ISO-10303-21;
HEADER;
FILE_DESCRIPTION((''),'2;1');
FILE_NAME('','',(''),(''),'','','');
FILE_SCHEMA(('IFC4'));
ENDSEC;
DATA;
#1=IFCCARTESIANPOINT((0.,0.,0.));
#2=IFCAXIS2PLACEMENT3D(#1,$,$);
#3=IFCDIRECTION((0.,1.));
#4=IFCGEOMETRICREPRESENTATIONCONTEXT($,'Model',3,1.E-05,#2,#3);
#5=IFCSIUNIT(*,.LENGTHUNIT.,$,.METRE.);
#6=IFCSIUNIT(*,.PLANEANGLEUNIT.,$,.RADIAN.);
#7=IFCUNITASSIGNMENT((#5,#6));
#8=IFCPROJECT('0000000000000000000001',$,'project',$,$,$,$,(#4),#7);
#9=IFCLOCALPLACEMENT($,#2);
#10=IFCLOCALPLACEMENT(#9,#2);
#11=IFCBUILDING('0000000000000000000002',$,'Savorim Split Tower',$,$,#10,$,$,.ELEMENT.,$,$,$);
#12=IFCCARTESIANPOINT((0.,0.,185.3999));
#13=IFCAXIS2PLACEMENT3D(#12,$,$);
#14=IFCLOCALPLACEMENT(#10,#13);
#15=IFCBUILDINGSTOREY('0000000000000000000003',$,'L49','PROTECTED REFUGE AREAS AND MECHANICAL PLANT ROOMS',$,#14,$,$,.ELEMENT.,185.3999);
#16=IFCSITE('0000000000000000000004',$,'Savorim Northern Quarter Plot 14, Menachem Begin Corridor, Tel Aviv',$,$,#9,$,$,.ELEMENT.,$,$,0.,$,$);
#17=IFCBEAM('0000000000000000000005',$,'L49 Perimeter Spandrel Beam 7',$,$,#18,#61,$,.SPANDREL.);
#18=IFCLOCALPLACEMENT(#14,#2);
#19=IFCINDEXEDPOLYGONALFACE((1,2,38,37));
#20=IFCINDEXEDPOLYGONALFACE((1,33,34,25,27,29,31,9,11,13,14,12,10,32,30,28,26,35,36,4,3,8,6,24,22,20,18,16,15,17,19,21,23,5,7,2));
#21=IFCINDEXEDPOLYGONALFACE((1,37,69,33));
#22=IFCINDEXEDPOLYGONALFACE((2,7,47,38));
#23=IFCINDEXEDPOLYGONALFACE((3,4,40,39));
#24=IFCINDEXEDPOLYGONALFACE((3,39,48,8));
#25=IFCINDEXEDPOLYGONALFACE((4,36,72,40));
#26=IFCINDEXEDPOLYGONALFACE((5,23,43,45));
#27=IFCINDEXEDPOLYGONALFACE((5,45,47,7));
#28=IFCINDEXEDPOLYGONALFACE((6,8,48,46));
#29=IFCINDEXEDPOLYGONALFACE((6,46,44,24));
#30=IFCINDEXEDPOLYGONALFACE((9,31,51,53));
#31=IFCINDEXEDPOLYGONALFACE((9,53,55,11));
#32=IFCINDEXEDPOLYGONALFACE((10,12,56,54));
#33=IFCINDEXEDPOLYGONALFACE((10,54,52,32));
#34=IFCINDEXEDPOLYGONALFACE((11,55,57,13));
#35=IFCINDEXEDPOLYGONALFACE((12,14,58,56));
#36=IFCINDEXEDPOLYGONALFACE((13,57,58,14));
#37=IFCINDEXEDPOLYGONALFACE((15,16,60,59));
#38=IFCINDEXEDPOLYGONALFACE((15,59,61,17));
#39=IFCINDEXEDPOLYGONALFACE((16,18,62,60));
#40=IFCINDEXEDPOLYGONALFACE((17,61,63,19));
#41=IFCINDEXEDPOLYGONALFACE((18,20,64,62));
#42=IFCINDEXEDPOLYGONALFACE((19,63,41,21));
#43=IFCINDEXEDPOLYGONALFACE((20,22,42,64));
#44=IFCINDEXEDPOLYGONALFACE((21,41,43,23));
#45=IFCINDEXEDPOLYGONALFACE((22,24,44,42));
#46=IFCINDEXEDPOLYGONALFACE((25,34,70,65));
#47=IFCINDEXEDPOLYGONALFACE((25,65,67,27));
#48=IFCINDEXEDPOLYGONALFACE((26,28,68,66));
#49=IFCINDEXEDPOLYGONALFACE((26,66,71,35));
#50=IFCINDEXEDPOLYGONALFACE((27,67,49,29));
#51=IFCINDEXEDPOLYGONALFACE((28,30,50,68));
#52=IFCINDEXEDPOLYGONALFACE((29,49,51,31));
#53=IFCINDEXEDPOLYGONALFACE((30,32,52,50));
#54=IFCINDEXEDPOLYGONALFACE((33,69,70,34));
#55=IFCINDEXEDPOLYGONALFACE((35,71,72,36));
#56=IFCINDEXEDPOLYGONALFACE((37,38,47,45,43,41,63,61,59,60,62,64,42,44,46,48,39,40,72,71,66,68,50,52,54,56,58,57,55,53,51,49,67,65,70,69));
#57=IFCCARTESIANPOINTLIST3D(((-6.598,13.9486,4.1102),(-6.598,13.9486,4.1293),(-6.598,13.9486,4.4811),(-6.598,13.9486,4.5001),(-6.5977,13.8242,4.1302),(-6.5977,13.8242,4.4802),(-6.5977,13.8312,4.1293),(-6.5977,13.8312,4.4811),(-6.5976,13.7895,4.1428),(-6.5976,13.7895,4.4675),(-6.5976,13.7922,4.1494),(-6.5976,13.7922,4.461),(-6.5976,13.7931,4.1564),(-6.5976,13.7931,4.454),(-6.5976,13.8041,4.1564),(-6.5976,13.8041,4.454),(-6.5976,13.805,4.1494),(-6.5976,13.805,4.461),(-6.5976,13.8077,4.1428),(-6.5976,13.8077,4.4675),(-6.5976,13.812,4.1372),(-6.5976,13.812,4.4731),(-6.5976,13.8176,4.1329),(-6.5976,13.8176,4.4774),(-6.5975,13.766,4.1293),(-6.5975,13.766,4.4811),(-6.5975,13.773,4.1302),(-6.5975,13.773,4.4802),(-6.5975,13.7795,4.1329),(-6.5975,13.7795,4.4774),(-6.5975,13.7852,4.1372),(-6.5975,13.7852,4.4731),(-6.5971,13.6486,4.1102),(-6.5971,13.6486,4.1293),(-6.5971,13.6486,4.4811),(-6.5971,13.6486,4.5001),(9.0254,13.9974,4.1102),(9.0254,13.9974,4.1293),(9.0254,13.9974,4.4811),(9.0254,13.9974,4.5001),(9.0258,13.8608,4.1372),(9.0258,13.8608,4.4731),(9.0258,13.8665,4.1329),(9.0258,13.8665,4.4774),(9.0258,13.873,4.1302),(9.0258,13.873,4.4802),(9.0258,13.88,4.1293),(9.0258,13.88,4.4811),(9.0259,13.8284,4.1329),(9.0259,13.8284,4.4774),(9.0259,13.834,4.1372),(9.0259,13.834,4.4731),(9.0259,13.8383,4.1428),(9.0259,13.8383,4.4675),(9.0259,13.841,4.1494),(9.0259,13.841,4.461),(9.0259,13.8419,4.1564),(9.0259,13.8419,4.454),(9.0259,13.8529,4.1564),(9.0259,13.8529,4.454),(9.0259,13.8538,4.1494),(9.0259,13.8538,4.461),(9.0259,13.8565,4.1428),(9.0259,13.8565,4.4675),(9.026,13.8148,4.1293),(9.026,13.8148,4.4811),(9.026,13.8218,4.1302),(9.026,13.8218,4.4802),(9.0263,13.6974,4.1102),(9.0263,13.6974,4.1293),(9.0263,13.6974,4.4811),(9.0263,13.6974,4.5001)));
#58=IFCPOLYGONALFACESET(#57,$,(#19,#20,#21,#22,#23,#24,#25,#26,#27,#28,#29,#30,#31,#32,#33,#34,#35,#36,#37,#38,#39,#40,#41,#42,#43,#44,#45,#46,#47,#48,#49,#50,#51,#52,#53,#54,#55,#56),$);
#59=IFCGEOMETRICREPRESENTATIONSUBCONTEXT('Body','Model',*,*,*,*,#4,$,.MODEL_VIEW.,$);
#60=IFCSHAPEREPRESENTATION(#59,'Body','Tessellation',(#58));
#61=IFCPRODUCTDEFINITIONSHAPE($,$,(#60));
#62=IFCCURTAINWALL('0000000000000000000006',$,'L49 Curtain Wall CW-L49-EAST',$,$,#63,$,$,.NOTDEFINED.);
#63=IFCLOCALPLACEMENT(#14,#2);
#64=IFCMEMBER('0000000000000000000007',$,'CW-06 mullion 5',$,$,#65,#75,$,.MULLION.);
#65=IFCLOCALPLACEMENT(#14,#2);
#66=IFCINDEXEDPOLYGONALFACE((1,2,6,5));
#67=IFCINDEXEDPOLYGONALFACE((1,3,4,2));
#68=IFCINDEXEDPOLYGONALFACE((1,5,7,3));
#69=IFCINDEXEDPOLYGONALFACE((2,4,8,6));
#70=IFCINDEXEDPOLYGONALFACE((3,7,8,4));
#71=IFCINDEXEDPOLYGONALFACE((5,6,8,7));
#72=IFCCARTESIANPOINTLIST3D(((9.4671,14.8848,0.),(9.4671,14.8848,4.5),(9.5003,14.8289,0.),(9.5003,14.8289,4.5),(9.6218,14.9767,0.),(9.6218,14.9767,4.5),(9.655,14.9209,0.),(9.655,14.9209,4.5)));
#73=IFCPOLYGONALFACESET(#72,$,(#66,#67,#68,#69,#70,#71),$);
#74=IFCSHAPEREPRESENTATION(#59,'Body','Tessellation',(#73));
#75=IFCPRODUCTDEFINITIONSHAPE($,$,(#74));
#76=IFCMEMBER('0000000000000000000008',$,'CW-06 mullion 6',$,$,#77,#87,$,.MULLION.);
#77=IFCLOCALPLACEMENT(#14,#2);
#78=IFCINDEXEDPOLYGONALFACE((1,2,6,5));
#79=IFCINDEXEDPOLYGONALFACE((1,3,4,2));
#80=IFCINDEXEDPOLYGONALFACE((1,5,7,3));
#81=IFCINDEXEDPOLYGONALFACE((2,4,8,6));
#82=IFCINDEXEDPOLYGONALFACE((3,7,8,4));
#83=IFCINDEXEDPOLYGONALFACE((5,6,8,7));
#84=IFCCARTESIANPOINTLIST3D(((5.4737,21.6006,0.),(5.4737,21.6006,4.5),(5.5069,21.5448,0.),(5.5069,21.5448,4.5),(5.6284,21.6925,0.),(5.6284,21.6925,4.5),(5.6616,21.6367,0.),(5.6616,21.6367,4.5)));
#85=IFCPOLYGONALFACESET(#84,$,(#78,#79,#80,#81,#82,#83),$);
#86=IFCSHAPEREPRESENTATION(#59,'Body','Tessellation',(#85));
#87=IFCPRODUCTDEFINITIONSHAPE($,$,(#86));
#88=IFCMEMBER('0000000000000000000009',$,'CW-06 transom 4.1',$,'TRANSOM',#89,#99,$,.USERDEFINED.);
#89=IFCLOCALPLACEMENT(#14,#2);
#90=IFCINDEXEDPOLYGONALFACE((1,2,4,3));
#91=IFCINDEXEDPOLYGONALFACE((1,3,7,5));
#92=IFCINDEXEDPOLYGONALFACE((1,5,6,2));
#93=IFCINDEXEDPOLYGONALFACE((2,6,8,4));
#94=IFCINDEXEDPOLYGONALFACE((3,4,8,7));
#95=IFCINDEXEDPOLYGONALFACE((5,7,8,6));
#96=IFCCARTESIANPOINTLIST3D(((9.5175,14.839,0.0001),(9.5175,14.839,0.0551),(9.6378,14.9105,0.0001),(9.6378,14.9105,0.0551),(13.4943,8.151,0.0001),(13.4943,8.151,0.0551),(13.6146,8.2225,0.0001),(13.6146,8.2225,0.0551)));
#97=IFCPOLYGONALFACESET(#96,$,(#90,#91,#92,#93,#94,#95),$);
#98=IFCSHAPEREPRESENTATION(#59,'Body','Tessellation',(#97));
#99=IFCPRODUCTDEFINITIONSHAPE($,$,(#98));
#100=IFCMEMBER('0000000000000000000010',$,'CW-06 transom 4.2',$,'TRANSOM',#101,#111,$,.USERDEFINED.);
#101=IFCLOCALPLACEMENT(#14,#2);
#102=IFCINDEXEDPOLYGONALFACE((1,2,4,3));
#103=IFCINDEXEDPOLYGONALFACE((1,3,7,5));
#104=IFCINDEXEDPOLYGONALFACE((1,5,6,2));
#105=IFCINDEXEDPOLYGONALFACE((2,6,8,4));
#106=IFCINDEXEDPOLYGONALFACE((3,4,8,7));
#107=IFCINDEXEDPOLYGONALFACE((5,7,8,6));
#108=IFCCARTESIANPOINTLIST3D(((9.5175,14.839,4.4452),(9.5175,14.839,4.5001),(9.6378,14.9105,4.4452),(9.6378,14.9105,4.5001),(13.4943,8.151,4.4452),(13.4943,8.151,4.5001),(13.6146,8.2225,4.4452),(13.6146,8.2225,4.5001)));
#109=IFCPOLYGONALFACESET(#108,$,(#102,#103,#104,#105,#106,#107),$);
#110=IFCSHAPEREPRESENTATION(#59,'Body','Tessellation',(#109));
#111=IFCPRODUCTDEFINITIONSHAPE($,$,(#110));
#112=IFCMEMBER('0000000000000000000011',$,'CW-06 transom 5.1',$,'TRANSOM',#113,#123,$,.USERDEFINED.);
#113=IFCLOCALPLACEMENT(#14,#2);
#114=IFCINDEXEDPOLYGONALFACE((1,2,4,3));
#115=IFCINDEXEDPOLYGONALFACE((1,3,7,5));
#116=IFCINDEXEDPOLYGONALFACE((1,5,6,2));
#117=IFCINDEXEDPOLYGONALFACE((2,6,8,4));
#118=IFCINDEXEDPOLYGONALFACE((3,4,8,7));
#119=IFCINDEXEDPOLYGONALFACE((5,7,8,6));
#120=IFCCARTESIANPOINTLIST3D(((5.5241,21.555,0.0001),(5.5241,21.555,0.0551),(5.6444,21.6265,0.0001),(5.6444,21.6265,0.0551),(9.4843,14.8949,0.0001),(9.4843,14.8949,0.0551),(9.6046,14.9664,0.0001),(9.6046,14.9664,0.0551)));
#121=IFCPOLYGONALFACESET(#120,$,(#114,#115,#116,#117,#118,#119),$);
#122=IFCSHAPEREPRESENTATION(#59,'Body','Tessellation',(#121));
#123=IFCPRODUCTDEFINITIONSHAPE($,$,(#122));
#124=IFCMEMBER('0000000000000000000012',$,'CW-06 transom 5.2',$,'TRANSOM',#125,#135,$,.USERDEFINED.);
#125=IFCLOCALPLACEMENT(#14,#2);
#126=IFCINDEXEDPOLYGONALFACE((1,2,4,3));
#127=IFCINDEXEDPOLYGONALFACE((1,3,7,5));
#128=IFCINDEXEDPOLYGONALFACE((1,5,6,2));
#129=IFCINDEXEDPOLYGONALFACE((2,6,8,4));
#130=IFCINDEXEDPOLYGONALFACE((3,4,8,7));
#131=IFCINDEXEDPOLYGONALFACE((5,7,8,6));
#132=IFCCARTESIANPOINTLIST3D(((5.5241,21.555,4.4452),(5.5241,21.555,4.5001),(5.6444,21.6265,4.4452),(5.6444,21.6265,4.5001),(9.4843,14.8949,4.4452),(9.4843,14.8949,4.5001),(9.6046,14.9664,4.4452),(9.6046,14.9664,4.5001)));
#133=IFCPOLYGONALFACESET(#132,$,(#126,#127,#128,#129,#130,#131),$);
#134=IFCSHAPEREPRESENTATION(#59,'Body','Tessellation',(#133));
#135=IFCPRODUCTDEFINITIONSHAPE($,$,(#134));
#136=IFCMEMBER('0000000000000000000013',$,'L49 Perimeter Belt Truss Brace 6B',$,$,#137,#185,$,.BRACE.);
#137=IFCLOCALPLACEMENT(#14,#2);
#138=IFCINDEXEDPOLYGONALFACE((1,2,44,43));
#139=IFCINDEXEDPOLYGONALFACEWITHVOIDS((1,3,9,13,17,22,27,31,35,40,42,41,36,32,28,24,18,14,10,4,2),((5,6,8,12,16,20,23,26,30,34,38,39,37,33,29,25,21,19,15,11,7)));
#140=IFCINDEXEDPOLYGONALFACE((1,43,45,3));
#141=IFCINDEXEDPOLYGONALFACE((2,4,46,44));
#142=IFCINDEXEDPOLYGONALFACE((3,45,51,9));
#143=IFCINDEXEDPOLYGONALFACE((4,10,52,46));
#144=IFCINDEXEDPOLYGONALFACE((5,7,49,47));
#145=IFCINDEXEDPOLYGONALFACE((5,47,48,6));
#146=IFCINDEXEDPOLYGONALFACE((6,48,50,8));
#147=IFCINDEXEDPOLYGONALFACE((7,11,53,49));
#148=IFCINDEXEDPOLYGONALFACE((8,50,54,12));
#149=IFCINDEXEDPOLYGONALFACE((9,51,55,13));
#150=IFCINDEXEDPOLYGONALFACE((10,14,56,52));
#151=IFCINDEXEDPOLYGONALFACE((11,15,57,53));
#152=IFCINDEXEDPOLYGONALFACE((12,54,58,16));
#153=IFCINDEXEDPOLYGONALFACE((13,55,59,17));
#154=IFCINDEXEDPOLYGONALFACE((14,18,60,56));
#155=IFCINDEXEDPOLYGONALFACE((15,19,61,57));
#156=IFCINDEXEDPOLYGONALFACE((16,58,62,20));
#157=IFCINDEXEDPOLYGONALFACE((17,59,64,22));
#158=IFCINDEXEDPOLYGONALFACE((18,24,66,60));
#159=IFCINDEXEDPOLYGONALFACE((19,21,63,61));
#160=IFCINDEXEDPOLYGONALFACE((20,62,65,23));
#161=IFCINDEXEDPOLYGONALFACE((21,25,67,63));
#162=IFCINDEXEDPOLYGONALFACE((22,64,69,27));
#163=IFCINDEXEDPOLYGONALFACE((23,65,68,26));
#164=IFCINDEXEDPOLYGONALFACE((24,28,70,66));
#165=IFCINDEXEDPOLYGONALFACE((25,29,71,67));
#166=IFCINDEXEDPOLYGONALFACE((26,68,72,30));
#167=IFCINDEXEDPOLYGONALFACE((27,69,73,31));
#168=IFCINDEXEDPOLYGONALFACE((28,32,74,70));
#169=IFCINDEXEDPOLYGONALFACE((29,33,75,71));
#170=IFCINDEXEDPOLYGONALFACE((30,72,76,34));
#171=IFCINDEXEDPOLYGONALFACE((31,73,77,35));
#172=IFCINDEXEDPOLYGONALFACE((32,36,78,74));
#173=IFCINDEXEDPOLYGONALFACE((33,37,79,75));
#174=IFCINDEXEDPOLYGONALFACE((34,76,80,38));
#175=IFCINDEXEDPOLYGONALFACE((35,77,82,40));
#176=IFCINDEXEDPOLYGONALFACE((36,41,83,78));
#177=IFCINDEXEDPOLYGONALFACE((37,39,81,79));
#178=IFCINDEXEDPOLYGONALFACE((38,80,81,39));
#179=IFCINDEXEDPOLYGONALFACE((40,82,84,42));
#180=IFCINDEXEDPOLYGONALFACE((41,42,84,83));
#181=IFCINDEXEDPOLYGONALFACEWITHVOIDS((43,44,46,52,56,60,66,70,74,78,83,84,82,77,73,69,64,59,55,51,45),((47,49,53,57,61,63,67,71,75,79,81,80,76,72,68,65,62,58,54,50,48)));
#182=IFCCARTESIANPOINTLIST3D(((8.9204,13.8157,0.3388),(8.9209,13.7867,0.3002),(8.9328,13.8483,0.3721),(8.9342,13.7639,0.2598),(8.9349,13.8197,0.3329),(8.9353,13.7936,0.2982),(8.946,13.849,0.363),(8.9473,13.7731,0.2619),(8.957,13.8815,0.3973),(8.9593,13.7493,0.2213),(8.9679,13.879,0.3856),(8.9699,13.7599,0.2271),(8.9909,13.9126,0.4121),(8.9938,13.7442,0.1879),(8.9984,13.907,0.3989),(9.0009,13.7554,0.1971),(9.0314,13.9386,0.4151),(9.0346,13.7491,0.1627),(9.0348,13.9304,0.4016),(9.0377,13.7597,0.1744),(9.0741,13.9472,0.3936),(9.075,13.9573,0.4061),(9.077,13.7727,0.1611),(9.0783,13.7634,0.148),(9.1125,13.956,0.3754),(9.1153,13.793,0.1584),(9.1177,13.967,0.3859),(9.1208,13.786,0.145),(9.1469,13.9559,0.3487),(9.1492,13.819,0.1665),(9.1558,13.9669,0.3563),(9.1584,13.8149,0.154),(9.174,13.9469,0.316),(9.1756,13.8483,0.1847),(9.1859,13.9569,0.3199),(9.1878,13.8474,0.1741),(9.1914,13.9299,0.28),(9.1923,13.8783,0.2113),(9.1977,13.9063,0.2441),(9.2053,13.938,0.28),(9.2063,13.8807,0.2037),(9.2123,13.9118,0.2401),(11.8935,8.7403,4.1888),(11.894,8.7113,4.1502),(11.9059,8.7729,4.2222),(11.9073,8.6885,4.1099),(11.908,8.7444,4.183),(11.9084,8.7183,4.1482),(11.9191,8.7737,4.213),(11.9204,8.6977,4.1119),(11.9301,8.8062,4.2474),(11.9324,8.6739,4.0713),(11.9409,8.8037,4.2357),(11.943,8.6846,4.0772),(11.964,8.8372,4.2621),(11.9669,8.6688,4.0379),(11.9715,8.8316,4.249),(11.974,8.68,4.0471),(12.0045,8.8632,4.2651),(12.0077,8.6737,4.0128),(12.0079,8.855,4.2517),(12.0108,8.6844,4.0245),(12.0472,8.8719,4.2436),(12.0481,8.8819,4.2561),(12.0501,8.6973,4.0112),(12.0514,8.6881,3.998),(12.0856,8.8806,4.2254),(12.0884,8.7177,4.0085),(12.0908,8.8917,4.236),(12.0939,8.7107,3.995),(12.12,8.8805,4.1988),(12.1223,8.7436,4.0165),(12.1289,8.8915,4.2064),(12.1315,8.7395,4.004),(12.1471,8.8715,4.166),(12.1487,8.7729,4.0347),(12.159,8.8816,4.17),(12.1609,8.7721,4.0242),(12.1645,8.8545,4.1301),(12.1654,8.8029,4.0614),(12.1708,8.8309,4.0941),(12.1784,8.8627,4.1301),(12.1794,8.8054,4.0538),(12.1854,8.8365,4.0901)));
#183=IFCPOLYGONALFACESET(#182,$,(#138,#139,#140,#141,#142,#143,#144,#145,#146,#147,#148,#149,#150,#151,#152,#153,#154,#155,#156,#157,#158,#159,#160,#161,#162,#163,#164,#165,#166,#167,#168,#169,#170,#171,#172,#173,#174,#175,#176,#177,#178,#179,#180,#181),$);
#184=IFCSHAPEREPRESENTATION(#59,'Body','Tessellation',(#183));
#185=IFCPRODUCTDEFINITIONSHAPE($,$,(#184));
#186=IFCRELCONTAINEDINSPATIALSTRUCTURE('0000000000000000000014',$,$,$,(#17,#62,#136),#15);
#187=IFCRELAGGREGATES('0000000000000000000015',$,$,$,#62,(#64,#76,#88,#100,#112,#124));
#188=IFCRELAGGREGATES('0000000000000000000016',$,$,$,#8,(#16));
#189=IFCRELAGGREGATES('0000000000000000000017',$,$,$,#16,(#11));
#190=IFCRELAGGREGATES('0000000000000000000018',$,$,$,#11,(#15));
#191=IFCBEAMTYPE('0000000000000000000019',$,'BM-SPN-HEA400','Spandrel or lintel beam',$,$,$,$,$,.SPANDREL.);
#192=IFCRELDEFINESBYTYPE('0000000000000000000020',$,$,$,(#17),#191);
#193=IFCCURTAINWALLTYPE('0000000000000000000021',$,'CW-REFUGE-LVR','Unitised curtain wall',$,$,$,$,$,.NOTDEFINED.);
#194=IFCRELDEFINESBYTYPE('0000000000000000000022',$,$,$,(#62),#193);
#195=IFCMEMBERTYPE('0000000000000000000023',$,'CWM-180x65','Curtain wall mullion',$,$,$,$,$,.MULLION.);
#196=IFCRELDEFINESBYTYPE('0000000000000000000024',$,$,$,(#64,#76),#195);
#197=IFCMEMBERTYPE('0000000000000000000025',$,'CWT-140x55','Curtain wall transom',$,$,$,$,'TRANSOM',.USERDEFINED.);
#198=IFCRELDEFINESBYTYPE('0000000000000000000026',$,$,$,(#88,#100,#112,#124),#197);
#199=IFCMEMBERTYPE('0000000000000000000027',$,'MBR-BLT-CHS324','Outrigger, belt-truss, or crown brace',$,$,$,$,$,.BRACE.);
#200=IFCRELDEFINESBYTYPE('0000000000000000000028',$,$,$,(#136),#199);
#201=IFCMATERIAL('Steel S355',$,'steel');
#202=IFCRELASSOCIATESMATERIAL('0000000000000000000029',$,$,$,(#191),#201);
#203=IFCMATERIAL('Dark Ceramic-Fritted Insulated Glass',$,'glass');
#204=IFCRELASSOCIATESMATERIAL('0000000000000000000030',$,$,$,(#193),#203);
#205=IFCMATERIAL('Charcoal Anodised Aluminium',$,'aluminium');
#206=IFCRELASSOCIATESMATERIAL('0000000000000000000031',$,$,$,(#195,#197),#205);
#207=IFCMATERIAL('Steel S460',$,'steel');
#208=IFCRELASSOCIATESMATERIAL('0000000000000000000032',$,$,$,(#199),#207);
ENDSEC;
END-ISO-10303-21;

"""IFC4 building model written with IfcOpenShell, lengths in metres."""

from ifc_helpers import new_model, si_unit, direction, frame, origin, origin_2d, place, context, subcontext, project, spatial, rectangle, hollow_circle, i_section, extrude, material, material_profile, profile_set, type_object, element, aggregate, save


model = new_model("IFC4")

# Units and contexts
model_context = context("Model", 3, precision=1e-05, world=origin(), true_north=direction((0.0, 1.0)))
body_context = subcontext(model_context, "Body", "Model", "MODEL_VIEW")
ifc_project = project(units=[si_unit("LENGTHUNIT", "METRE"), si_unit("PLANEANGLEUNIT", "RADIAN")], contexts=[model_context])

# Site, building, storey
site_placement = place(None, origin())
site = spatial("IfcSite", under=ifc_project, at=site_placement, Name="Savorim Northern Quarter Plot 14, Menachem Begin Corridor, Tel Aviv", CompositionType="ELEMENT", RefElevation=0.0)
building_placement = place(site_placement, origin())
building = spatial("IfcBuilding", under=site, at=building_placement, Name="Savorim Split Tower", CompositionType="ELEMENT")
storey_placement = place(building_placement, frame((0.0, 0.0, 185.3999)))
storey = spatial("IfcBuildingStorey", under=building, at=storey_placement, Name="L49", Description="PROTECTED REFUGE AREAS AND MECHANICAL PLANT ROOMS", CompositionType="ELEMENT", Elevation=185.3999)

# Shared definitions
ifc_material_1 = material(Name="Steel S355", Category="steel")
ifc_material_2 = material(Name="Steel S460", Category="steel")

# Beam
ifc_material_profile_1 = material_profile(ifc_material_1, i_section(OverallWidth=0.3, OverallDepth=0.3899, WebThickness=0.011, FlangeThickness=0.019, FilletRadius=0.0271, at=origin_2d()), Name="HEA 400")
ifc_profile_set_1 = profile_set([ifc_material_profile_1], Name="Steel S355")
beam_type_1 = type_object("IfcBeamType", Name="BM-SPN-HEA400", Description="Spandrel or lintel beam", PredefinedType="SPANDREL", material=ifc_profile_set_1)
beam_1_placement = place(storey_placement, frame((9.0259, 13.8474, 4.3052), z_axis=(-0.999995, -0.003125, 0.0), x_axis=(0.003125, -0.999995, 0.0)))
element("IfcBeam", 1, at=beam_1_placement, inside=storey, type_object=beam_type_1, Name="L49 Perimeter Spandrel Beam 7", PredefinedType="SPANDREL", context=body_context, shape_type="SweptSolid", body=[
    extrude(i_section(OverallWidth=0.3, OverallDepth=0.3899, WebThickness=0.011, FlangeThickness=0.019, FilletRadius=0.0271, at=origin_2d()), origin(), (0.0, 0.0, 1.0), 15.6235),
])

# Curtain wall, members
ifc_material_3 = material(Name="Dark Ceramic-Fritted Insulated Glass", Category="glass")
curtain_wall_type = type_object("IfcCurtainWallType", Name="CW-REFUGE-LVR", Description="Unitised curtain wall", PredefinedType="NOTDEFINED", material=ifc_material_3)
curtain_wall_placement = place(storey_placement, origin())
curtain_wall = element("IfcCurtainWall", 2, at=curtain_wall_placement, inside=storey, type_object=curtain_wall_type, Name="L49 Curtain Wall CW-L49-EAST", PredefinedType="NOTDEFINED")
ifc_material_4 = material(Name="Charcoal Anodised Aluminium", Category="aluminium")
ifc_material_profile_2 = material_profile(ifc_material_4, rectangle(XDim=0.1799, YDim=0.0649, at=origin_2d()), Name="ALU-M 180x65")
ifc_profile_set_2 = profile_set([ifc_material_profile_2], Name="Charcoal Anodised Aluminium")
member_type_1 = type_object("IfcMemberType", Name="CWM-180x65", Description="Curtain wall mullion", PredefinedType="MULLION", material=ifc_profile_set_2)
member_1_placement = place(storey_placement, frame((9.561, 14.9028, 0.0), z_axis=(0.0, 0.0, 1.0), x_axis=(-0.859526, -0.511092, 0.0)))
member_1 = element("IfcMember", 3, at=member_1_placement, type_object=member_type_1, Name="CW-06 mullion 5", PredefinedType="MULLION", context=body_context, shape_type="SweptSolid", body=[
    extrude(rectangle(XDim=0.1799, YDim=0.0649, at=origin_2d()), origin(), (0.0, 0.0, 1.0), 4.5),
])
member_2_placement = place(storey_placement, frame((5.5676, 21.6187, 0.0), z_axis=(0.0, 0.0, 1.0), x_axis=(-0.859526, -0.511092, 0.0)))
member_2 = element("IfcMember", 4, at=member_2_placement, type_object=member_type_1, Name="CW-06 mullion 6", PredefinedType="MULLION", context=body_context, shape_type="SweptSolid", body=[
    extrude(rectangle(XDim=0.1799, YDim=0.0649, at=origin_2d()), origin(), (0.0, 0.0, 1.0), 4.5),
])
ifc_material_profile_3 = material_profile(ifc_material_4, rectangle(XDim=0.1399, YDim=0.0549, at=origin_2d()), Name="ALU-T 140x55")
ifc_profile_set_3 = profile_set([ifc_material_profile_3], Name="Charcoal Anodised Aluminium")
member_type_2 = type_object("IfcMemberType", Name="CWT-140x55", Description="Curtain wall transom", ElementType="TRANSOM", PredefinedType="USERDEFINED", material=ifc_profile_set_3)
member_3_placement = place(storey_placement, frame((13.5544, 8.1868, 0.0276), z_axis=(-0.511091, 0.859527, 0.0), x_axis=(-0.859527, -0.511091, 0.0)))
member_3 = element("IfcMember", 5, at=member_3_placement, type_object=member_type_2, Name="CW-06 transom 4.1", ObjectType="TRANSOM", PredefinedType="USERDEFINED", context=body_context, shape_type="SweptSolid", body=[
    extrude(rectangle(XDim=0.1399, YDim=0.0549, at=origin_2d()), origin(), (0.0, 0.0, 1.0), 7.781),
])
member_4_placement = place(storey_placement, frame((13.5544, 8.1868, 4.4727), z_axis=(-0.511091, 0.859527, 0.0), x_axis=(-0.859527, -0.511091, 0.0)))
member_4 = element("IfcMember", 6, at=member_4_placement, type_object=member_type_2, Name="CW-06 transom 4.2", ObjectType="TRANSOM", PredefinedType="USERDEFINED", context=body_context, shape_type="SweptSolid", body=[
    extrude(rectangle(XDim=0.1399, YDim=0.0549, at=origin_2d()), origin(), (0.0, 0.0, 1.0), 7.781),
])
member_5_placement = place(storey_placement, frame((9.5444, 14.9307, 0.0276), z_axis=(-0.511086, 0.85953, 0.0), x_axis=(-0.85953, -0.511086, 0.0)))
member_5 = element("IfcMember", 7, at=member_5_placement, type_object=member_type_2, Name="CW-06 transom 5.1", ObjectType="TRANSOM", PredefinedType="USERDEFINED", context=body_context, shape_type="SweptSolid", body=[
    extrude(rectangle(XDim=0.1399, YDim=0.0549, at=origin_2d()), origin(), (0.0, 0.0, 1.0), 7.7485),
])
member_6_placement = place(storey_placement, frame((9.5444, 14.9307, 4.4727), z_axis=(-0.511086, 0.85953, 0.0), x_axis=(-0.85953, -0.511086, 0.0)))
member_6 = element("IfcMember", 8, at=member_6_placement, type_object=member_type_2, Name="CW-06 transom 5.2", ObjectType="TRANSOM", PredefinedType="USERDEFINED", context=body_context, shape_type="SweptSolid", body=[
    extrude(rectangle(XDim=0.1399, YDim=0.0549, at=origin_2d()), origin(), (0.0, 0.0, 1.0), 7.7485),
])

# Member
ifc_material_profile_4 = material_profile(ifc_material_2, hollow_circle(Radius=0.1619, WallThickness=0.0161, at=origin_2d()), Name="CHS 323.9x16")
ifc_profile_set_4 = profile_set([ifc_material_profile_4], Name="Steel S460")
member_type_3 = type_object("IfcMemberType", Name="MBR-BLT-CHS324", Description="Outrigger, belt-truss, or crown brace", PredefinedType="BRACE", material=ifc_profile_set_4)
member_7_placement = place(storey_placement, frame((9.0657, 13.8562, 0.28), z_axis=(0.422914, -0.721954, 0.547656), x_axis=(0.862855, 0.505452, 0.0)))
element("IfcMember", 9, at=member_7_placement, inside=storey, type_object=member_type_3, Name="L49 Perimeter Belt Truss Brace 6B", PredefinedType="BRACE", context=body_context, shape_type="SweptSolid", body=[
    extrude(hollow_circle(Radius=0.1619, WallThickness=0.0161, at=origin_2d()), origin(), (0.0, 0.0, 1.0), 7.03),
])

aggregate(curtain_wall, [member_1, member_2, member_3, member_4, member_5, member_6])

save(model, "model.ifc")
